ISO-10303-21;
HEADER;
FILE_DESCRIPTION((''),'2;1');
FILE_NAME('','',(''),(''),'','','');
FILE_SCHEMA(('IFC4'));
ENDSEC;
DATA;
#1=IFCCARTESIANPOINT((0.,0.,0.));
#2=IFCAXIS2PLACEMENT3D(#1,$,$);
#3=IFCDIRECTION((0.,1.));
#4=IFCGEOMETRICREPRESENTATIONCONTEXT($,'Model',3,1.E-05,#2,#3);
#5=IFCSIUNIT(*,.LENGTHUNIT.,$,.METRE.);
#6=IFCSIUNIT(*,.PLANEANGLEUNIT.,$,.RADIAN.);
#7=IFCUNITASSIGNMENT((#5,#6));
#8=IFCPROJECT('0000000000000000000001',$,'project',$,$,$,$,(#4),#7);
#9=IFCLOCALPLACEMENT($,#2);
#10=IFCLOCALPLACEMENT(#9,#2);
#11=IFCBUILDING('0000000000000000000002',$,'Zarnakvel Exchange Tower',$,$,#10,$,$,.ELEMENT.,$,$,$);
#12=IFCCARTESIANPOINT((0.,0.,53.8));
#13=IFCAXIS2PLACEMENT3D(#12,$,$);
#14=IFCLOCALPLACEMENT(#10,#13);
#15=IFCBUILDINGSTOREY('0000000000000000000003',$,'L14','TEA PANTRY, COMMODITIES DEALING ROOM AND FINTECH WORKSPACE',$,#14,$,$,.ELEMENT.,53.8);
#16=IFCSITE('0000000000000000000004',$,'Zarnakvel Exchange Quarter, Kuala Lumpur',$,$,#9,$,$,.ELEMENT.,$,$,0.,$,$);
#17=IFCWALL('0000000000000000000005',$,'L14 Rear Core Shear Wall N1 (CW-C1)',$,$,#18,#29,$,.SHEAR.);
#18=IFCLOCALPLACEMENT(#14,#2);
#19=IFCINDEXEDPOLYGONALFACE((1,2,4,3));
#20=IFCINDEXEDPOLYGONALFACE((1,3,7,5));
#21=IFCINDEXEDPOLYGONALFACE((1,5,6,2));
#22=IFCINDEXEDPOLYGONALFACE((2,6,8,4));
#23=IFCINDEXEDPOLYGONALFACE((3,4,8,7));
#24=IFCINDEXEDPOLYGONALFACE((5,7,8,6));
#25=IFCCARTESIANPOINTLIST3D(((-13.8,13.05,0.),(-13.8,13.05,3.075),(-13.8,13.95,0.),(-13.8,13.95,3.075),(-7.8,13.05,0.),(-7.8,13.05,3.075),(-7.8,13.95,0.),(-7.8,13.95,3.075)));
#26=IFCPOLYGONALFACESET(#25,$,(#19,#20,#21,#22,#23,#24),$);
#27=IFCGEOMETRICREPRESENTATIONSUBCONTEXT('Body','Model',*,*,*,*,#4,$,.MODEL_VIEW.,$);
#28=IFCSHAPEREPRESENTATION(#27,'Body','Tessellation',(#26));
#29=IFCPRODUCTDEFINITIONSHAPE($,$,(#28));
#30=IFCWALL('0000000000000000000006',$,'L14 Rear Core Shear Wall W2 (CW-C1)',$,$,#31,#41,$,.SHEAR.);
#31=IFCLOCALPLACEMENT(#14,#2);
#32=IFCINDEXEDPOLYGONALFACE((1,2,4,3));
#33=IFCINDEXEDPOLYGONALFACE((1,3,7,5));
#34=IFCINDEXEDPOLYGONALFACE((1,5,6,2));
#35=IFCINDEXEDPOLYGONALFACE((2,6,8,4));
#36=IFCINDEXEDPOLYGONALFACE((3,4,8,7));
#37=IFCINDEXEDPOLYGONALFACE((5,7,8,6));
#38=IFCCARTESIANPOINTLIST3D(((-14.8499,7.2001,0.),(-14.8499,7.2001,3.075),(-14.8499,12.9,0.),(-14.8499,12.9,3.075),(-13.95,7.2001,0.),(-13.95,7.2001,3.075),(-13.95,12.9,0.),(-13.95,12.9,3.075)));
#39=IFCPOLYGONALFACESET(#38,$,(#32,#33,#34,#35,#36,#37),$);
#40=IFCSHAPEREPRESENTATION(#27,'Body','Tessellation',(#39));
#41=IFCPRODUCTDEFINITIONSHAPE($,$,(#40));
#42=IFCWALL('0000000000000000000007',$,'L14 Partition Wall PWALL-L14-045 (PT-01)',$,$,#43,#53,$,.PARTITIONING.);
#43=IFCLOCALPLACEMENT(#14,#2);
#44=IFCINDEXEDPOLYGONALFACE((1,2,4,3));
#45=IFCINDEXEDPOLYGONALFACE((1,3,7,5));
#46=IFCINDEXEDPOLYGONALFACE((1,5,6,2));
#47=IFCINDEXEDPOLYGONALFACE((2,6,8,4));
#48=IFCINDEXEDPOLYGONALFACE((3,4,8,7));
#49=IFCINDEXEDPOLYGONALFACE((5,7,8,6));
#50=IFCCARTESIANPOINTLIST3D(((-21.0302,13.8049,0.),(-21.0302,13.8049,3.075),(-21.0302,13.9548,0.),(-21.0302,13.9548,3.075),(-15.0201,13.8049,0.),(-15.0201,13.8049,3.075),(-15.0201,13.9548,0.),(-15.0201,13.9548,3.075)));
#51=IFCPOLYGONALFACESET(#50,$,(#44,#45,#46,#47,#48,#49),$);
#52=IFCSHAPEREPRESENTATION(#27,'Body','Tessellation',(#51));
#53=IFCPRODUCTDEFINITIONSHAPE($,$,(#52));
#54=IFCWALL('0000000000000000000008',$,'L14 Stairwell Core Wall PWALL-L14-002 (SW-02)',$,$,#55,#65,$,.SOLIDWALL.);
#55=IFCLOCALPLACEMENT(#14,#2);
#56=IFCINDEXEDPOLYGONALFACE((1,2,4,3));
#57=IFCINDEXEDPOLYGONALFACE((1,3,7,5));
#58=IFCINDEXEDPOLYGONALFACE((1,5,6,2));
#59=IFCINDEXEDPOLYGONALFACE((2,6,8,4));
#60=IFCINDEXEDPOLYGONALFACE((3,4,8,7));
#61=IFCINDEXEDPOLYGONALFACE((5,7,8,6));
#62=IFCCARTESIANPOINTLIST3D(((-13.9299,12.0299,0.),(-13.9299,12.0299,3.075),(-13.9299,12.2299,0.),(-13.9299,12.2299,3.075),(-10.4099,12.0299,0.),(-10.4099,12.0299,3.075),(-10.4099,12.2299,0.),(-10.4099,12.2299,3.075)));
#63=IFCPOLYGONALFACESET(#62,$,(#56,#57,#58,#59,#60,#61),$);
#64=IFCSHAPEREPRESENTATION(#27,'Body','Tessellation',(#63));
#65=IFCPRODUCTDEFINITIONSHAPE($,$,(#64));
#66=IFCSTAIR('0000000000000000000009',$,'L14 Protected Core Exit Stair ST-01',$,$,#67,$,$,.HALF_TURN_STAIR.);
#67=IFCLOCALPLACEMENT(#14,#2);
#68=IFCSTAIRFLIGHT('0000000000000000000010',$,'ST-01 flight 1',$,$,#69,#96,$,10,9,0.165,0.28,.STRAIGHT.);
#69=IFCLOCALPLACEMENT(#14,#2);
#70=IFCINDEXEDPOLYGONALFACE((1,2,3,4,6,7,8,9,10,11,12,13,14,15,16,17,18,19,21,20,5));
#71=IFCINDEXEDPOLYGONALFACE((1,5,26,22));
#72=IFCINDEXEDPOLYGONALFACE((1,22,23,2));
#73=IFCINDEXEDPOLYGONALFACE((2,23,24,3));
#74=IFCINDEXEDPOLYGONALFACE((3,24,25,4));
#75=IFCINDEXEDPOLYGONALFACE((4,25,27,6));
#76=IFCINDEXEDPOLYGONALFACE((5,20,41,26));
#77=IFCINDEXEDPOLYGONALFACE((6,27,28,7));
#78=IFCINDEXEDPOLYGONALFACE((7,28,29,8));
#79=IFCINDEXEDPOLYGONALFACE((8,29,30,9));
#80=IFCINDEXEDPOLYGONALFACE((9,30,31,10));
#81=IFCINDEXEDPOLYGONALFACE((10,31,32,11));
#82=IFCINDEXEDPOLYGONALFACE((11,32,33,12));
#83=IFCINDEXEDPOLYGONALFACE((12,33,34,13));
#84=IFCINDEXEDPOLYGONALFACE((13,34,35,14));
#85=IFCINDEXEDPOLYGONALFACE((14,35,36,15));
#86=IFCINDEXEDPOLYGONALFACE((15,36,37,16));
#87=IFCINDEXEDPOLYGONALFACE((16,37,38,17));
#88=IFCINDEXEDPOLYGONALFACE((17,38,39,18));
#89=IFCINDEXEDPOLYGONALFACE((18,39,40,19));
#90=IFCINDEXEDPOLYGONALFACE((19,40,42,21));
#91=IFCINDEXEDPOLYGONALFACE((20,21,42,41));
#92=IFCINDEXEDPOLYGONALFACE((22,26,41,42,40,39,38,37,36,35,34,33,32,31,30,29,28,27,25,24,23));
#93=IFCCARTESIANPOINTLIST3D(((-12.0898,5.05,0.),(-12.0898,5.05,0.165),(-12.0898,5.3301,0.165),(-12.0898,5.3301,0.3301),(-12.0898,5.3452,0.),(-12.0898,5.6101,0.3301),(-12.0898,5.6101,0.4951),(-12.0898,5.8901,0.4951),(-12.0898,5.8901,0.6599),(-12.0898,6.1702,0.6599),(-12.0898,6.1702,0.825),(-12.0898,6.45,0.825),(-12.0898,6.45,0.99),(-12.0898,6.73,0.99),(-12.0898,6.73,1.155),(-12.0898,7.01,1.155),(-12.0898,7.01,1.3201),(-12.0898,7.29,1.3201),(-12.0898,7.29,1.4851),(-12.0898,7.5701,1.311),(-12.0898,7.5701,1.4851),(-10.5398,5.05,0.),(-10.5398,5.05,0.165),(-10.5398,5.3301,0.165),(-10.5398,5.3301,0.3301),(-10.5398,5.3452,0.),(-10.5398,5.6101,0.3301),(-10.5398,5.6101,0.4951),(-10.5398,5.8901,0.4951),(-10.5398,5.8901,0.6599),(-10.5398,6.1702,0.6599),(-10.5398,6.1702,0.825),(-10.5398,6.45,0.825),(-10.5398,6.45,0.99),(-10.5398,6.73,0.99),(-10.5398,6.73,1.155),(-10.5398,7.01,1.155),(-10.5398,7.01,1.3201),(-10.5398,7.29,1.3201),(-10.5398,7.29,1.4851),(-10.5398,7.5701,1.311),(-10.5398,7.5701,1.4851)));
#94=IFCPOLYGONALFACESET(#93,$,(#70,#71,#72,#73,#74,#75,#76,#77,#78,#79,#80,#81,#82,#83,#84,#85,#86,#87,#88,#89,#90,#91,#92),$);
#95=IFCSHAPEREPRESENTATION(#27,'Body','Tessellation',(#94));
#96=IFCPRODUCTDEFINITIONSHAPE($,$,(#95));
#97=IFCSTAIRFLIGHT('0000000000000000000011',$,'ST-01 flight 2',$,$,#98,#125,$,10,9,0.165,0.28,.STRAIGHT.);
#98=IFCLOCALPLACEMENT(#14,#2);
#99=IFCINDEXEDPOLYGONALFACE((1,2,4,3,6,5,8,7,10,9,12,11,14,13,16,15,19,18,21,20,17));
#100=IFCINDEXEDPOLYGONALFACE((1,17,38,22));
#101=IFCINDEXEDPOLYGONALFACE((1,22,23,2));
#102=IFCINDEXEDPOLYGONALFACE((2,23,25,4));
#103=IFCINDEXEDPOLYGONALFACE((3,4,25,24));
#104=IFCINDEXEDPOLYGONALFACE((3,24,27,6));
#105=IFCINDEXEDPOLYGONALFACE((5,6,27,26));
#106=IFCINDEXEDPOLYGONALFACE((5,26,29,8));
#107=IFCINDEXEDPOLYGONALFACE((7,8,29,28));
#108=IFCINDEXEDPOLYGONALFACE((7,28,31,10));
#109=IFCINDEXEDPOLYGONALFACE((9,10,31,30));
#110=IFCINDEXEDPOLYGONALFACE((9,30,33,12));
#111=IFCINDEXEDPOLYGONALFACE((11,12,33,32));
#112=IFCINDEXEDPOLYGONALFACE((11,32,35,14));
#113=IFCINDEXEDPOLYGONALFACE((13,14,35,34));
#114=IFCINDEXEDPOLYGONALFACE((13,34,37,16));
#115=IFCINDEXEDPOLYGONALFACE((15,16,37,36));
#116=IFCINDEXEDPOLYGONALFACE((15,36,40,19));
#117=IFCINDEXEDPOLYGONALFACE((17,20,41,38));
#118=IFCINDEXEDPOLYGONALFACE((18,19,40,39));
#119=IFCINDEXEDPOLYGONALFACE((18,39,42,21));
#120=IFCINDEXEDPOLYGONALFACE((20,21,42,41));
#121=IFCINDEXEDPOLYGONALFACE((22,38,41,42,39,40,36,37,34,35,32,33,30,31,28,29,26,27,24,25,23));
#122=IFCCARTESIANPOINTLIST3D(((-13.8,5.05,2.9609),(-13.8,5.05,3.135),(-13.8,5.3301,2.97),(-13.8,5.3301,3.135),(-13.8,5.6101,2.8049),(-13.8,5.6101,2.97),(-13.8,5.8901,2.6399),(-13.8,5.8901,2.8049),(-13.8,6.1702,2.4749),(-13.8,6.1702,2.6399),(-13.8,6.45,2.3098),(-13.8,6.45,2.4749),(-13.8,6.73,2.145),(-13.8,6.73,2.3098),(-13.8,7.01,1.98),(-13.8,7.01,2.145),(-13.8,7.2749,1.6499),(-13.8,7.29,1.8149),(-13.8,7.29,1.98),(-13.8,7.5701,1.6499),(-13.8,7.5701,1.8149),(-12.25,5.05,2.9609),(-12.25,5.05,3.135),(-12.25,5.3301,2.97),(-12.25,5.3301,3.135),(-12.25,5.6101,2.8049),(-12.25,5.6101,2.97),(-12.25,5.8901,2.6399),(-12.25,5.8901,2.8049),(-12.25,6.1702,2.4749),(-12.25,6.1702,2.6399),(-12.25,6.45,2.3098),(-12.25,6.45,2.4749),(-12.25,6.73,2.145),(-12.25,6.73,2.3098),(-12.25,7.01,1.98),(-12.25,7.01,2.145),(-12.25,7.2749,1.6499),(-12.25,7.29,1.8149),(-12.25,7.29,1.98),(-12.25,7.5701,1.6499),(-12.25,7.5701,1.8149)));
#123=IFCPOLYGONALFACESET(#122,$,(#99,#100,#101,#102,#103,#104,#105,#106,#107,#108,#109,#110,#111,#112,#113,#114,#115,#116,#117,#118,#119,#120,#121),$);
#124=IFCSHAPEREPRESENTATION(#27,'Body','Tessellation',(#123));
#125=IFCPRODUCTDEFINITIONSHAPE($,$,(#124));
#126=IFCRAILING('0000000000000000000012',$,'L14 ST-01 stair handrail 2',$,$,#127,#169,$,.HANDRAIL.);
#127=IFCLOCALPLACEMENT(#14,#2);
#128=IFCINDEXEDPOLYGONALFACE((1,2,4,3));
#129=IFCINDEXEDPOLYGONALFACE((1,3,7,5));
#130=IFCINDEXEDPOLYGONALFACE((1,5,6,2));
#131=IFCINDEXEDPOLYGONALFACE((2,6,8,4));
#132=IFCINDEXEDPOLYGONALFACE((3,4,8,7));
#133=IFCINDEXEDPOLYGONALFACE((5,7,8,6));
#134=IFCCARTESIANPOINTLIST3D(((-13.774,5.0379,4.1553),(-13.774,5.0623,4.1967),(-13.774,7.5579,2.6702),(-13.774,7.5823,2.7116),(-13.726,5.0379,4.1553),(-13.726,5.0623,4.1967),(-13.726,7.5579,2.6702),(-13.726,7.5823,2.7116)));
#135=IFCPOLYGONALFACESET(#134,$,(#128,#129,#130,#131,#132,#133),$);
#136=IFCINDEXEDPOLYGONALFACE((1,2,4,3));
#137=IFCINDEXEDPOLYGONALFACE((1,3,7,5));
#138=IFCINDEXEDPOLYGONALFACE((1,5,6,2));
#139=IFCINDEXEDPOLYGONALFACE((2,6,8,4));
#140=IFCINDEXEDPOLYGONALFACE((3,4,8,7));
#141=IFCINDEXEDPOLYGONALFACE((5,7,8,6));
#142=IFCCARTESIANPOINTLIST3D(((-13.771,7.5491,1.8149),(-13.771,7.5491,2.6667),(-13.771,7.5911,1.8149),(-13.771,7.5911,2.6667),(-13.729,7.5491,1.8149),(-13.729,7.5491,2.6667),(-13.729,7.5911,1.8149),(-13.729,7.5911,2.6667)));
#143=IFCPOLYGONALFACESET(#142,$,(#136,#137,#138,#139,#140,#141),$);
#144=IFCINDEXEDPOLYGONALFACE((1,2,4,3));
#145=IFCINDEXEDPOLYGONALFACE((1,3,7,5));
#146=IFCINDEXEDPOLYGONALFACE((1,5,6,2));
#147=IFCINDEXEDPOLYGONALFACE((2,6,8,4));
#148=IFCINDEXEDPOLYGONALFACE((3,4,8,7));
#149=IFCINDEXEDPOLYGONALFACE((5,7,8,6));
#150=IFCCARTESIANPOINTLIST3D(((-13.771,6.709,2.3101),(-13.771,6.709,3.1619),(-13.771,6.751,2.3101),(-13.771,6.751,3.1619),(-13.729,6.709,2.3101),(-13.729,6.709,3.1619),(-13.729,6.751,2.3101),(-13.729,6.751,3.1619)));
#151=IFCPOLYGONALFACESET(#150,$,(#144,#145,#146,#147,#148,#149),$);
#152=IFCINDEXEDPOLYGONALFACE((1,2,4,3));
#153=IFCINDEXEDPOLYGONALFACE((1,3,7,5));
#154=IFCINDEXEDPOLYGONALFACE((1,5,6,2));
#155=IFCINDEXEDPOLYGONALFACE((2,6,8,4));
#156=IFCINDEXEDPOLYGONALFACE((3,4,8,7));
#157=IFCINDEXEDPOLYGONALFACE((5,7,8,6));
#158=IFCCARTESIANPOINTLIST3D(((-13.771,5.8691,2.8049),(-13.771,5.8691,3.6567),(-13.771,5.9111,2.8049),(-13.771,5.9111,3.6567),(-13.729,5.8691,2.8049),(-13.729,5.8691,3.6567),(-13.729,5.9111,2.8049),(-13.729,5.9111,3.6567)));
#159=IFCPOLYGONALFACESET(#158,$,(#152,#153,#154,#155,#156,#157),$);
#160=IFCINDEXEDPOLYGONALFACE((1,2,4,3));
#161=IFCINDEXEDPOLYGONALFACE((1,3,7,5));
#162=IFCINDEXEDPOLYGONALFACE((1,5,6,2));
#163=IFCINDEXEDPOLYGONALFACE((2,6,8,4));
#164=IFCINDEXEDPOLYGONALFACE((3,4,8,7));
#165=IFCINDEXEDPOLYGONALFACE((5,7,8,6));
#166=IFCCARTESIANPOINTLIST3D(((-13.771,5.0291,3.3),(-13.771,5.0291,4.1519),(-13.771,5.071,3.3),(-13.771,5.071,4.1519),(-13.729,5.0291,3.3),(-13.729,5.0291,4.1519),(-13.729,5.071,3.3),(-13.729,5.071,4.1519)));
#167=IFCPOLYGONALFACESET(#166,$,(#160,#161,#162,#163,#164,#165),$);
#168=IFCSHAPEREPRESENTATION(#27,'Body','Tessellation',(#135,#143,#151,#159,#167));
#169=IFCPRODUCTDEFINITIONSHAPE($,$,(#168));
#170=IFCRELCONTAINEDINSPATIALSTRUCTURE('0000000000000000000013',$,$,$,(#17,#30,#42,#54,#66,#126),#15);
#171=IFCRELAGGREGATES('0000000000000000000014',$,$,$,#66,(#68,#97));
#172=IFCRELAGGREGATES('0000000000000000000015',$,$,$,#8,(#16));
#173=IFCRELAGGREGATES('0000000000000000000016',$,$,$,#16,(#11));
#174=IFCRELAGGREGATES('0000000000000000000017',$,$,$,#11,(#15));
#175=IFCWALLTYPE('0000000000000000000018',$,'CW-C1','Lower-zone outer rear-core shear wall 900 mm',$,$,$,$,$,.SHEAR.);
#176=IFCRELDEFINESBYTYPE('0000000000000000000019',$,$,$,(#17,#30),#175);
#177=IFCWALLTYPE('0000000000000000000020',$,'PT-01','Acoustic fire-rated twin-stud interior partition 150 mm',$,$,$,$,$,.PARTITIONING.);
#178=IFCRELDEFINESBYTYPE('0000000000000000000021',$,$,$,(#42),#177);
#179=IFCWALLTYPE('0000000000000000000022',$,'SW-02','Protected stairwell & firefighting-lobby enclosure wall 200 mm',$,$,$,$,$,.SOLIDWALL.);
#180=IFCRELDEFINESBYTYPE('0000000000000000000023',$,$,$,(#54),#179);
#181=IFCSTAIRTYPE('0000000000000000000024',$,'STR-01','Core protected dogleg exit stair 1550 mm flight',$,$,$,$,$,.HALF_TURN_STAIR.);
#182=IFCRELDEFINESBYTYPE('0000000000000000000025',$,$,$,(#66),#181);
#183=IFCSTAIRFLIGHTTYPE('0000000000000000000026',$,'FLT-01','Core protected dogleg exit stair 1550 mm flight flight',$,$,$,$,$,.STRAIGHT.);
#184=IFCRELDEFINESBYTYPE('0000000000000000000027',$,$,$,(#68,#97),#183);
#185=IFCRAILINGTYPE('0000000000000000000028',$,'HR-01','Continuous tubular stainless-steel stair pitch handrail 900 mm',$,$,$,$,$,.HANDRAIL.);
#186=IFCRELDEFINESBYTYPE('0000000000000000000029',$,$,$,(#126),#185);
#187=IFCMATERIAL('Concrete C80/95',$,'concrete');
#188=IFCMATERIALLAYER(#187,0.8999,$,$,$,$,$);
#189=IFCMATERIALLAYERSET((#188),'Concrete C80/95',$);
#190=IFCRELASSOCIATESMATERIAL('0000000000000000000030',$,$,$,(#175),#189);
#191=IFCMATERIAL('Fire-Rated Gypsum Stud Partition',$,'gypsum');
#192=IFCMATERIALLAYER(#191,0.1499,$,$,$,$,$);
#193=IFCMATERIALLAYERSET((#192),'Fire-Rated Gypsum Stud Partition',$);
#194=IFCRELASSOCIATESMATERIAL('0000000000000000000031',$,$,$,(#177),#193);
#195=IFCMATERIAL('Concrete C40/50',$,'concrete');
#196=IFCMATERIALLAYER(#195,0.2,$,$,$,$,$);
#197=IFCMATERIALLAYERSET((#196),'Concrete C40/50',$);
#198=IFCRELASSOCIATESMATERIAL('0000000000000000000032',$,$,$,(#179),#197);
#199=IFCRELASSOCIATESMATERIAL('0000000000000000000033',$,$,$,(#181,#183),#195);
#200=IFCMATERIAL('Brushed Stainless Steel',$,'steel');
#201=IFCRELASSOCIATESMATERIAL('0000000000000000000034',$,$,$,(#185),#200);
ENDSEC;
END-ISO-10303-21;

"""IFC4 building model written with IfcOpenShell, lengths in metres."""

from ifc_helpers import new_model, si_unit, direction, frame, frame_2d, origin, origin_2d, place, context, subcontext, project, spatial, polyline, rectangle, outline, extrude, material, layer, layer_set, type_object, element, aggregate, save


model = new_model("IFC4")

# Units and contexts
model_context = context("Model", 3, precision=1e-05, world=origin(), true_north=direction((0.0, 1.0)))
body_context = subcontext(model_context, "Body", "Model", "MODEL_VIEW")
ifc_project = project(units=[si_unit("LENGTHUNIT", "METRE"), si_unit("PLANEANGLEUNIT", "RADIAN")], contexts=[model_context])

# Site, building, storey
site_placement = place(None, origin())
site = spatial("IfcSite", under=ifc_project, at=site_placement, Name="Zarnakvel Exchange Quarter, Kuala Lumpur", CompositionType="ELEMENT", RefElevation=0.0)
building_placement = place(site_placement, origin())
building = spatial("IfcBuilding", under=site, at=building_placement, Name="Zarnakvel Exchange Tower", CompositionType="ELEMENT")
storey_placement = place(building_placement, frame((0.0, 0.0, 53.8)))
storey = spatial("IfcBuildingStorey", under=building, at=storey_placement, Name="L14", Description="TEA PANTRY, COMMODITIES DEALING ROOM AND FINTECH WORKSPACE", CompositionType="ELEMENT", Elevation=53.8)

# Shared definitions
ifc_material_1 = material(Name="Concrete C80/95", Category="concrete")

# Walls
ifc_layer_1 = layer(ifc_material_1, 0.8999)
ifc_layer_set_1 = layer_set([ifc_layer_1], Name="Concrete C80/95")
wall_type_1 = type_object("IfcWallType", Name="CW-C1", Description="Lower-zone outer rear-core shear wall 900 mm", PredefinedType="SHEAR", material=ifc_layer_set_1)
wall_1_placement = place(storey_placement, frame((-13.8, 13.5, 0.0), z_axis=(0.0, 0.0, 1.0), x_axis=(1.0, 0.0, 0.0)))
element("IfcWall", 1, at=wall_1_placement, inside=storey, type_object=wall_type_1, Name="L14 Rear Core Shear Wall N1 (CW-C1)", PredefinedType="SHEAR", context=body_context, shape_type="SweptSolid", body=[
    extrude(rectangle(XDim=6.0, YDim=0.8999, at=frame_2d((3.0, 0.0))), origin(), (0.0, 0.0, 1.0), 3.075),
])
wall_2_placement = place(storey_placement, frame((-14.3999, 7.2, 0.0), z_axis=(0.0, 0.0, 1.0), x_axis=(0.0, 1.0, 0.0)))
element("IfcWall", 2, at=wall_2_placement, inside=storey, type_object=wall_type_1, Name="L14 Rear Core Shear Wall W2 (CW-C1)", PredefinedType="SHEAR", context=body_context, shape_type="SweptSolid", body=[
    extrude(rectangle(XDim=5.7, YDim=0.8999, at=frame_2d((2.8501, 0.0))), origin(), (0.0, 0.0, 1.0), 3.075),
])
ifc_material_2 = material(Name="Fire-Rated Gypsum Stud Partition", Category="gypsum")
ifc_layer_2 = layer(ifc_material_2, 0.1499)
ifc_layer_set_2 = layer_set([ifc_layer_2], Name="Fire-Rated Gypsum Stud Partition")
wall_type_2 = type_object("IfcWallType", Name="PT-01", Description="Acoustic fire-rated twin-stud interior partition 150 mm", PredefinedType="PARTITIONING", material=ifc_layer_set_2)
wall_3_placement = place(storey_placement, frame((-21.03, 13.8799, 0.0), z_axis=(0.0, 0.0, 1.0), x_axis=(1.0, 0.0, 0.0)))
element("IfcWall", 3, at=wall_3_placement, inside=storey, type_object=wall_type_2, Name="L14 Partition Wall PWALL-L14-045 (PT-01)", PredefinedType="PARTITIONING", context=body_context, shape_type="SweptSolid", body=[
    extrude(rectangle(XDim=6.01, YDim=0.1499, at=frame_2d((3.0049, 0.0))), origin(), (0.0, 0.0, 1.0), 3.075),
])
ifc_material_3 = material(Name="Concrete C40/50", Category="concrete")
ifc_layer_3 = layer(ifc_material_3, 0.2)
ifc_layer_set_3 = layer_set([ifc_layer_3], Name="Concrete C40/50")
wall_type_3 = type_object("IfcWallType", Name="SW-02", Description="Protected stairwell & firefighting-lobby enclosure wall 200 mm", PredefinedType="SOLIDWALL", material=ifc_layer_set_3)
wall_4_placement = place(storey_placement, frame((-13.9299, 12.1299, 0.0), z_axis=(0.0, 0.0, 1.0), x_axis=(1.0, 0.0, 0.0)))
element("IfcWall", 4, at=wall_4_placement, inside=storey, type_object=wall_type_3, Name="L14 Stairwell Core Wall PWALL-L14-002 (SW-02)", PredefinedType="SOLIDWALL", context=body_context, shape_type="SweptSolid", body=[
    extrude(rectangle(XDim=3.52, YDim=0.2, at=frame_2d((1.76, 0.0))), origin(), (0.0, 0.0, 1.0), 3.075),
])

# Stair, stair flights
stair_type = type_object("IfcStairType", Name="STR-01", Description="Core protected dogleg exit stair 1550 mm flight", PredefinedType="HALF_TURN_STAIR", material=ifc_material_3)
stair_placement = place(storey_placement, origin())
stair = element("IfcStair", 5, at=stair_placement, inside=storey, type_object=stair_type, Name="L14 Protected Core Exit Stair ST-01", PredefinedType="HALF_TURN_STAIR")
stair_flight_type = type_object("IfcStairFlightType", Name="FLT-01", Description="Core protected dogleg exit stair 1550 mm flight flight", PredefinedType="STRAIGHT", material=ifc_material_3)
stair_flight_1_placement = place(storey_placement, frame((-11.3149, 5.05, 0.0), z_axis=(0.0, 0.0, 1.0), x_axis=(0.0, 1.0, 0.0)))
stair_flight_1 = element("IfcStairFlight", 6, at=stair_flight_1_placement, type_object=stair_flight_type, Name="ST-01 flight 1", NumberOfRisers=10, NumberOfTreads=9, PredefinedType="STRAIGHT", RiserHeight=0.165, TreadLength=0.28, context=body_context, shape_type="SweptSolid", body=[
    extrude(outline(polyline([(0.0, 0.0), (0.0, 0.165), (0.28, 0.165), (0.28, 0.3301), (0.5601, 0.3301), (0.5601, 0.4951), (0.8401, 0.4951), (0.8401, 0.6599), (1.1201, 0.6599), (1.1201, 0.825), (1.3999, 0.825), (1.3999, 0.99), (1.6799, 0.99), (1.6799, 1.155), (1.96, 1.155), (1.96, 1.3201), (2.24, 1.3201), (2.24, 1.4851), (2.52, 1.4851), (2.52, 1.6499), (2.52, 1.311), (0.2952, 0.0), (0.0, 0.0)])), frame((0.0, 0.7749, 0.0), z_axis=(0.0, -1.0, 0.0), x_axis=(1.0, 0.0, 0.0)), (0.0, 0.0, 1.0), 1.55),
])
stair_flight_2_placement = place(storey_placement, frame((-13.0249, 7.5701, 1.6499), z_axis=(0.0, 0.0, 1.0), x_axis=(0.0, -1.0, 0.0)))
stair_flight_2 = element("IfcStairFlight", 7, at=stair_flight_2_placement, type_object=stair_flight_type, Name="ST-01 flight 2", NumberOfRisers=10, NumberOfTreads=9, PredefinedType="STRAIGHT", RiserHeight=0.165, TreadLength=0.28, context=body_context, shape_type="SweptSolid", body=[
    extrude(outline(polyline([(0.0, 0.0), (0.0, 0.165), (0.28, 0.165), (0.28, 0.3301), (0.5601, 0.3301), (0.5601, 0.4951), (0.8401, 0.4951), (0.8401, 0.6599), (1.1201, 0.6599), (1.1201, 0.825), (1.3999, 0.825), (1.3999, 0.99), (1.6799, 0.99), (1.6799, 1.155), (1.96, 1.155), (1.96, 1.3201), (2.24, 1.3201), (2.24, 1.4851), (2.52, 1.4851), (2.52, 1.6499), (2.52, 1.311), (0.2952, 0.0), (0.0, 0.0)])), frame((0.0, 0.7749, 0.0), z_axis=(0.0, -1.0, 0.0), x_axis=(1.0, 0.0, 0.0)), (0.0, 0.0, 1.0), 1.55),
])
aggregate(stair, [stair_flight_1, stair_flight_2])

# Railing
ifc_material_4 = material(Name="Brushed Stainless Steel", Category="steel")
railing_type_1 = type_object("IfcRailingType", Name="HR-01", Description="Continuous tubular stainless-steel stair pitch handrail 900 mm", PredefinedType="HANDRAIL", material=ifc_material_4)
railing_1_placement = place(storey_placement, frame((-13.75, 7.5701, 1.8149)))
element("IfcRailing", 8, at=railing_1_placement, inside=storey, type_object=railing_type_1, Name="L14 ST-01 stair handrail 2", PredefinedType="HANDRAIL", context=body_context, shape_type="SweptSolid", body=[
    extrude(rectangle(XDim=0.0481, YDim=0.0481, at=origin_2d()), frame((0.0, 0.0, 0.876), z_axis=(0.0, -0.861524, 0.507717), x_axis=(1.0, 0.0, 0.0)), (0.0, 0.0, 1.0), 2.925),
    extrude(rectangle(XDim=0.042, YDim=0.042, at=origin_2d()), origin(), (0.0, 0.0, 1.0), 0.8518),
    extrude(rectangle(XDim=0.042, YDim=0.042, at=origin_2d()), frame((0.0, -0.8401, 0.4951)), (0.0, 0.0, 1.0), 0.8518),
    extrude(rectangle(XDim=0.042, YDim=0.042, at=origin_2d()), frame((0.0, -1.6799, 0.99)), (0.0, 0.0, 1.0), 0.8518),
    extrude(rectangle(XDim=0.042, YDim=0.042, at=origin_2d()), frame((0.0, -2.52, 1.4851)), (0.0, 0.0, 1.0), 0.8518),
])

save(model, "model.ifc")
